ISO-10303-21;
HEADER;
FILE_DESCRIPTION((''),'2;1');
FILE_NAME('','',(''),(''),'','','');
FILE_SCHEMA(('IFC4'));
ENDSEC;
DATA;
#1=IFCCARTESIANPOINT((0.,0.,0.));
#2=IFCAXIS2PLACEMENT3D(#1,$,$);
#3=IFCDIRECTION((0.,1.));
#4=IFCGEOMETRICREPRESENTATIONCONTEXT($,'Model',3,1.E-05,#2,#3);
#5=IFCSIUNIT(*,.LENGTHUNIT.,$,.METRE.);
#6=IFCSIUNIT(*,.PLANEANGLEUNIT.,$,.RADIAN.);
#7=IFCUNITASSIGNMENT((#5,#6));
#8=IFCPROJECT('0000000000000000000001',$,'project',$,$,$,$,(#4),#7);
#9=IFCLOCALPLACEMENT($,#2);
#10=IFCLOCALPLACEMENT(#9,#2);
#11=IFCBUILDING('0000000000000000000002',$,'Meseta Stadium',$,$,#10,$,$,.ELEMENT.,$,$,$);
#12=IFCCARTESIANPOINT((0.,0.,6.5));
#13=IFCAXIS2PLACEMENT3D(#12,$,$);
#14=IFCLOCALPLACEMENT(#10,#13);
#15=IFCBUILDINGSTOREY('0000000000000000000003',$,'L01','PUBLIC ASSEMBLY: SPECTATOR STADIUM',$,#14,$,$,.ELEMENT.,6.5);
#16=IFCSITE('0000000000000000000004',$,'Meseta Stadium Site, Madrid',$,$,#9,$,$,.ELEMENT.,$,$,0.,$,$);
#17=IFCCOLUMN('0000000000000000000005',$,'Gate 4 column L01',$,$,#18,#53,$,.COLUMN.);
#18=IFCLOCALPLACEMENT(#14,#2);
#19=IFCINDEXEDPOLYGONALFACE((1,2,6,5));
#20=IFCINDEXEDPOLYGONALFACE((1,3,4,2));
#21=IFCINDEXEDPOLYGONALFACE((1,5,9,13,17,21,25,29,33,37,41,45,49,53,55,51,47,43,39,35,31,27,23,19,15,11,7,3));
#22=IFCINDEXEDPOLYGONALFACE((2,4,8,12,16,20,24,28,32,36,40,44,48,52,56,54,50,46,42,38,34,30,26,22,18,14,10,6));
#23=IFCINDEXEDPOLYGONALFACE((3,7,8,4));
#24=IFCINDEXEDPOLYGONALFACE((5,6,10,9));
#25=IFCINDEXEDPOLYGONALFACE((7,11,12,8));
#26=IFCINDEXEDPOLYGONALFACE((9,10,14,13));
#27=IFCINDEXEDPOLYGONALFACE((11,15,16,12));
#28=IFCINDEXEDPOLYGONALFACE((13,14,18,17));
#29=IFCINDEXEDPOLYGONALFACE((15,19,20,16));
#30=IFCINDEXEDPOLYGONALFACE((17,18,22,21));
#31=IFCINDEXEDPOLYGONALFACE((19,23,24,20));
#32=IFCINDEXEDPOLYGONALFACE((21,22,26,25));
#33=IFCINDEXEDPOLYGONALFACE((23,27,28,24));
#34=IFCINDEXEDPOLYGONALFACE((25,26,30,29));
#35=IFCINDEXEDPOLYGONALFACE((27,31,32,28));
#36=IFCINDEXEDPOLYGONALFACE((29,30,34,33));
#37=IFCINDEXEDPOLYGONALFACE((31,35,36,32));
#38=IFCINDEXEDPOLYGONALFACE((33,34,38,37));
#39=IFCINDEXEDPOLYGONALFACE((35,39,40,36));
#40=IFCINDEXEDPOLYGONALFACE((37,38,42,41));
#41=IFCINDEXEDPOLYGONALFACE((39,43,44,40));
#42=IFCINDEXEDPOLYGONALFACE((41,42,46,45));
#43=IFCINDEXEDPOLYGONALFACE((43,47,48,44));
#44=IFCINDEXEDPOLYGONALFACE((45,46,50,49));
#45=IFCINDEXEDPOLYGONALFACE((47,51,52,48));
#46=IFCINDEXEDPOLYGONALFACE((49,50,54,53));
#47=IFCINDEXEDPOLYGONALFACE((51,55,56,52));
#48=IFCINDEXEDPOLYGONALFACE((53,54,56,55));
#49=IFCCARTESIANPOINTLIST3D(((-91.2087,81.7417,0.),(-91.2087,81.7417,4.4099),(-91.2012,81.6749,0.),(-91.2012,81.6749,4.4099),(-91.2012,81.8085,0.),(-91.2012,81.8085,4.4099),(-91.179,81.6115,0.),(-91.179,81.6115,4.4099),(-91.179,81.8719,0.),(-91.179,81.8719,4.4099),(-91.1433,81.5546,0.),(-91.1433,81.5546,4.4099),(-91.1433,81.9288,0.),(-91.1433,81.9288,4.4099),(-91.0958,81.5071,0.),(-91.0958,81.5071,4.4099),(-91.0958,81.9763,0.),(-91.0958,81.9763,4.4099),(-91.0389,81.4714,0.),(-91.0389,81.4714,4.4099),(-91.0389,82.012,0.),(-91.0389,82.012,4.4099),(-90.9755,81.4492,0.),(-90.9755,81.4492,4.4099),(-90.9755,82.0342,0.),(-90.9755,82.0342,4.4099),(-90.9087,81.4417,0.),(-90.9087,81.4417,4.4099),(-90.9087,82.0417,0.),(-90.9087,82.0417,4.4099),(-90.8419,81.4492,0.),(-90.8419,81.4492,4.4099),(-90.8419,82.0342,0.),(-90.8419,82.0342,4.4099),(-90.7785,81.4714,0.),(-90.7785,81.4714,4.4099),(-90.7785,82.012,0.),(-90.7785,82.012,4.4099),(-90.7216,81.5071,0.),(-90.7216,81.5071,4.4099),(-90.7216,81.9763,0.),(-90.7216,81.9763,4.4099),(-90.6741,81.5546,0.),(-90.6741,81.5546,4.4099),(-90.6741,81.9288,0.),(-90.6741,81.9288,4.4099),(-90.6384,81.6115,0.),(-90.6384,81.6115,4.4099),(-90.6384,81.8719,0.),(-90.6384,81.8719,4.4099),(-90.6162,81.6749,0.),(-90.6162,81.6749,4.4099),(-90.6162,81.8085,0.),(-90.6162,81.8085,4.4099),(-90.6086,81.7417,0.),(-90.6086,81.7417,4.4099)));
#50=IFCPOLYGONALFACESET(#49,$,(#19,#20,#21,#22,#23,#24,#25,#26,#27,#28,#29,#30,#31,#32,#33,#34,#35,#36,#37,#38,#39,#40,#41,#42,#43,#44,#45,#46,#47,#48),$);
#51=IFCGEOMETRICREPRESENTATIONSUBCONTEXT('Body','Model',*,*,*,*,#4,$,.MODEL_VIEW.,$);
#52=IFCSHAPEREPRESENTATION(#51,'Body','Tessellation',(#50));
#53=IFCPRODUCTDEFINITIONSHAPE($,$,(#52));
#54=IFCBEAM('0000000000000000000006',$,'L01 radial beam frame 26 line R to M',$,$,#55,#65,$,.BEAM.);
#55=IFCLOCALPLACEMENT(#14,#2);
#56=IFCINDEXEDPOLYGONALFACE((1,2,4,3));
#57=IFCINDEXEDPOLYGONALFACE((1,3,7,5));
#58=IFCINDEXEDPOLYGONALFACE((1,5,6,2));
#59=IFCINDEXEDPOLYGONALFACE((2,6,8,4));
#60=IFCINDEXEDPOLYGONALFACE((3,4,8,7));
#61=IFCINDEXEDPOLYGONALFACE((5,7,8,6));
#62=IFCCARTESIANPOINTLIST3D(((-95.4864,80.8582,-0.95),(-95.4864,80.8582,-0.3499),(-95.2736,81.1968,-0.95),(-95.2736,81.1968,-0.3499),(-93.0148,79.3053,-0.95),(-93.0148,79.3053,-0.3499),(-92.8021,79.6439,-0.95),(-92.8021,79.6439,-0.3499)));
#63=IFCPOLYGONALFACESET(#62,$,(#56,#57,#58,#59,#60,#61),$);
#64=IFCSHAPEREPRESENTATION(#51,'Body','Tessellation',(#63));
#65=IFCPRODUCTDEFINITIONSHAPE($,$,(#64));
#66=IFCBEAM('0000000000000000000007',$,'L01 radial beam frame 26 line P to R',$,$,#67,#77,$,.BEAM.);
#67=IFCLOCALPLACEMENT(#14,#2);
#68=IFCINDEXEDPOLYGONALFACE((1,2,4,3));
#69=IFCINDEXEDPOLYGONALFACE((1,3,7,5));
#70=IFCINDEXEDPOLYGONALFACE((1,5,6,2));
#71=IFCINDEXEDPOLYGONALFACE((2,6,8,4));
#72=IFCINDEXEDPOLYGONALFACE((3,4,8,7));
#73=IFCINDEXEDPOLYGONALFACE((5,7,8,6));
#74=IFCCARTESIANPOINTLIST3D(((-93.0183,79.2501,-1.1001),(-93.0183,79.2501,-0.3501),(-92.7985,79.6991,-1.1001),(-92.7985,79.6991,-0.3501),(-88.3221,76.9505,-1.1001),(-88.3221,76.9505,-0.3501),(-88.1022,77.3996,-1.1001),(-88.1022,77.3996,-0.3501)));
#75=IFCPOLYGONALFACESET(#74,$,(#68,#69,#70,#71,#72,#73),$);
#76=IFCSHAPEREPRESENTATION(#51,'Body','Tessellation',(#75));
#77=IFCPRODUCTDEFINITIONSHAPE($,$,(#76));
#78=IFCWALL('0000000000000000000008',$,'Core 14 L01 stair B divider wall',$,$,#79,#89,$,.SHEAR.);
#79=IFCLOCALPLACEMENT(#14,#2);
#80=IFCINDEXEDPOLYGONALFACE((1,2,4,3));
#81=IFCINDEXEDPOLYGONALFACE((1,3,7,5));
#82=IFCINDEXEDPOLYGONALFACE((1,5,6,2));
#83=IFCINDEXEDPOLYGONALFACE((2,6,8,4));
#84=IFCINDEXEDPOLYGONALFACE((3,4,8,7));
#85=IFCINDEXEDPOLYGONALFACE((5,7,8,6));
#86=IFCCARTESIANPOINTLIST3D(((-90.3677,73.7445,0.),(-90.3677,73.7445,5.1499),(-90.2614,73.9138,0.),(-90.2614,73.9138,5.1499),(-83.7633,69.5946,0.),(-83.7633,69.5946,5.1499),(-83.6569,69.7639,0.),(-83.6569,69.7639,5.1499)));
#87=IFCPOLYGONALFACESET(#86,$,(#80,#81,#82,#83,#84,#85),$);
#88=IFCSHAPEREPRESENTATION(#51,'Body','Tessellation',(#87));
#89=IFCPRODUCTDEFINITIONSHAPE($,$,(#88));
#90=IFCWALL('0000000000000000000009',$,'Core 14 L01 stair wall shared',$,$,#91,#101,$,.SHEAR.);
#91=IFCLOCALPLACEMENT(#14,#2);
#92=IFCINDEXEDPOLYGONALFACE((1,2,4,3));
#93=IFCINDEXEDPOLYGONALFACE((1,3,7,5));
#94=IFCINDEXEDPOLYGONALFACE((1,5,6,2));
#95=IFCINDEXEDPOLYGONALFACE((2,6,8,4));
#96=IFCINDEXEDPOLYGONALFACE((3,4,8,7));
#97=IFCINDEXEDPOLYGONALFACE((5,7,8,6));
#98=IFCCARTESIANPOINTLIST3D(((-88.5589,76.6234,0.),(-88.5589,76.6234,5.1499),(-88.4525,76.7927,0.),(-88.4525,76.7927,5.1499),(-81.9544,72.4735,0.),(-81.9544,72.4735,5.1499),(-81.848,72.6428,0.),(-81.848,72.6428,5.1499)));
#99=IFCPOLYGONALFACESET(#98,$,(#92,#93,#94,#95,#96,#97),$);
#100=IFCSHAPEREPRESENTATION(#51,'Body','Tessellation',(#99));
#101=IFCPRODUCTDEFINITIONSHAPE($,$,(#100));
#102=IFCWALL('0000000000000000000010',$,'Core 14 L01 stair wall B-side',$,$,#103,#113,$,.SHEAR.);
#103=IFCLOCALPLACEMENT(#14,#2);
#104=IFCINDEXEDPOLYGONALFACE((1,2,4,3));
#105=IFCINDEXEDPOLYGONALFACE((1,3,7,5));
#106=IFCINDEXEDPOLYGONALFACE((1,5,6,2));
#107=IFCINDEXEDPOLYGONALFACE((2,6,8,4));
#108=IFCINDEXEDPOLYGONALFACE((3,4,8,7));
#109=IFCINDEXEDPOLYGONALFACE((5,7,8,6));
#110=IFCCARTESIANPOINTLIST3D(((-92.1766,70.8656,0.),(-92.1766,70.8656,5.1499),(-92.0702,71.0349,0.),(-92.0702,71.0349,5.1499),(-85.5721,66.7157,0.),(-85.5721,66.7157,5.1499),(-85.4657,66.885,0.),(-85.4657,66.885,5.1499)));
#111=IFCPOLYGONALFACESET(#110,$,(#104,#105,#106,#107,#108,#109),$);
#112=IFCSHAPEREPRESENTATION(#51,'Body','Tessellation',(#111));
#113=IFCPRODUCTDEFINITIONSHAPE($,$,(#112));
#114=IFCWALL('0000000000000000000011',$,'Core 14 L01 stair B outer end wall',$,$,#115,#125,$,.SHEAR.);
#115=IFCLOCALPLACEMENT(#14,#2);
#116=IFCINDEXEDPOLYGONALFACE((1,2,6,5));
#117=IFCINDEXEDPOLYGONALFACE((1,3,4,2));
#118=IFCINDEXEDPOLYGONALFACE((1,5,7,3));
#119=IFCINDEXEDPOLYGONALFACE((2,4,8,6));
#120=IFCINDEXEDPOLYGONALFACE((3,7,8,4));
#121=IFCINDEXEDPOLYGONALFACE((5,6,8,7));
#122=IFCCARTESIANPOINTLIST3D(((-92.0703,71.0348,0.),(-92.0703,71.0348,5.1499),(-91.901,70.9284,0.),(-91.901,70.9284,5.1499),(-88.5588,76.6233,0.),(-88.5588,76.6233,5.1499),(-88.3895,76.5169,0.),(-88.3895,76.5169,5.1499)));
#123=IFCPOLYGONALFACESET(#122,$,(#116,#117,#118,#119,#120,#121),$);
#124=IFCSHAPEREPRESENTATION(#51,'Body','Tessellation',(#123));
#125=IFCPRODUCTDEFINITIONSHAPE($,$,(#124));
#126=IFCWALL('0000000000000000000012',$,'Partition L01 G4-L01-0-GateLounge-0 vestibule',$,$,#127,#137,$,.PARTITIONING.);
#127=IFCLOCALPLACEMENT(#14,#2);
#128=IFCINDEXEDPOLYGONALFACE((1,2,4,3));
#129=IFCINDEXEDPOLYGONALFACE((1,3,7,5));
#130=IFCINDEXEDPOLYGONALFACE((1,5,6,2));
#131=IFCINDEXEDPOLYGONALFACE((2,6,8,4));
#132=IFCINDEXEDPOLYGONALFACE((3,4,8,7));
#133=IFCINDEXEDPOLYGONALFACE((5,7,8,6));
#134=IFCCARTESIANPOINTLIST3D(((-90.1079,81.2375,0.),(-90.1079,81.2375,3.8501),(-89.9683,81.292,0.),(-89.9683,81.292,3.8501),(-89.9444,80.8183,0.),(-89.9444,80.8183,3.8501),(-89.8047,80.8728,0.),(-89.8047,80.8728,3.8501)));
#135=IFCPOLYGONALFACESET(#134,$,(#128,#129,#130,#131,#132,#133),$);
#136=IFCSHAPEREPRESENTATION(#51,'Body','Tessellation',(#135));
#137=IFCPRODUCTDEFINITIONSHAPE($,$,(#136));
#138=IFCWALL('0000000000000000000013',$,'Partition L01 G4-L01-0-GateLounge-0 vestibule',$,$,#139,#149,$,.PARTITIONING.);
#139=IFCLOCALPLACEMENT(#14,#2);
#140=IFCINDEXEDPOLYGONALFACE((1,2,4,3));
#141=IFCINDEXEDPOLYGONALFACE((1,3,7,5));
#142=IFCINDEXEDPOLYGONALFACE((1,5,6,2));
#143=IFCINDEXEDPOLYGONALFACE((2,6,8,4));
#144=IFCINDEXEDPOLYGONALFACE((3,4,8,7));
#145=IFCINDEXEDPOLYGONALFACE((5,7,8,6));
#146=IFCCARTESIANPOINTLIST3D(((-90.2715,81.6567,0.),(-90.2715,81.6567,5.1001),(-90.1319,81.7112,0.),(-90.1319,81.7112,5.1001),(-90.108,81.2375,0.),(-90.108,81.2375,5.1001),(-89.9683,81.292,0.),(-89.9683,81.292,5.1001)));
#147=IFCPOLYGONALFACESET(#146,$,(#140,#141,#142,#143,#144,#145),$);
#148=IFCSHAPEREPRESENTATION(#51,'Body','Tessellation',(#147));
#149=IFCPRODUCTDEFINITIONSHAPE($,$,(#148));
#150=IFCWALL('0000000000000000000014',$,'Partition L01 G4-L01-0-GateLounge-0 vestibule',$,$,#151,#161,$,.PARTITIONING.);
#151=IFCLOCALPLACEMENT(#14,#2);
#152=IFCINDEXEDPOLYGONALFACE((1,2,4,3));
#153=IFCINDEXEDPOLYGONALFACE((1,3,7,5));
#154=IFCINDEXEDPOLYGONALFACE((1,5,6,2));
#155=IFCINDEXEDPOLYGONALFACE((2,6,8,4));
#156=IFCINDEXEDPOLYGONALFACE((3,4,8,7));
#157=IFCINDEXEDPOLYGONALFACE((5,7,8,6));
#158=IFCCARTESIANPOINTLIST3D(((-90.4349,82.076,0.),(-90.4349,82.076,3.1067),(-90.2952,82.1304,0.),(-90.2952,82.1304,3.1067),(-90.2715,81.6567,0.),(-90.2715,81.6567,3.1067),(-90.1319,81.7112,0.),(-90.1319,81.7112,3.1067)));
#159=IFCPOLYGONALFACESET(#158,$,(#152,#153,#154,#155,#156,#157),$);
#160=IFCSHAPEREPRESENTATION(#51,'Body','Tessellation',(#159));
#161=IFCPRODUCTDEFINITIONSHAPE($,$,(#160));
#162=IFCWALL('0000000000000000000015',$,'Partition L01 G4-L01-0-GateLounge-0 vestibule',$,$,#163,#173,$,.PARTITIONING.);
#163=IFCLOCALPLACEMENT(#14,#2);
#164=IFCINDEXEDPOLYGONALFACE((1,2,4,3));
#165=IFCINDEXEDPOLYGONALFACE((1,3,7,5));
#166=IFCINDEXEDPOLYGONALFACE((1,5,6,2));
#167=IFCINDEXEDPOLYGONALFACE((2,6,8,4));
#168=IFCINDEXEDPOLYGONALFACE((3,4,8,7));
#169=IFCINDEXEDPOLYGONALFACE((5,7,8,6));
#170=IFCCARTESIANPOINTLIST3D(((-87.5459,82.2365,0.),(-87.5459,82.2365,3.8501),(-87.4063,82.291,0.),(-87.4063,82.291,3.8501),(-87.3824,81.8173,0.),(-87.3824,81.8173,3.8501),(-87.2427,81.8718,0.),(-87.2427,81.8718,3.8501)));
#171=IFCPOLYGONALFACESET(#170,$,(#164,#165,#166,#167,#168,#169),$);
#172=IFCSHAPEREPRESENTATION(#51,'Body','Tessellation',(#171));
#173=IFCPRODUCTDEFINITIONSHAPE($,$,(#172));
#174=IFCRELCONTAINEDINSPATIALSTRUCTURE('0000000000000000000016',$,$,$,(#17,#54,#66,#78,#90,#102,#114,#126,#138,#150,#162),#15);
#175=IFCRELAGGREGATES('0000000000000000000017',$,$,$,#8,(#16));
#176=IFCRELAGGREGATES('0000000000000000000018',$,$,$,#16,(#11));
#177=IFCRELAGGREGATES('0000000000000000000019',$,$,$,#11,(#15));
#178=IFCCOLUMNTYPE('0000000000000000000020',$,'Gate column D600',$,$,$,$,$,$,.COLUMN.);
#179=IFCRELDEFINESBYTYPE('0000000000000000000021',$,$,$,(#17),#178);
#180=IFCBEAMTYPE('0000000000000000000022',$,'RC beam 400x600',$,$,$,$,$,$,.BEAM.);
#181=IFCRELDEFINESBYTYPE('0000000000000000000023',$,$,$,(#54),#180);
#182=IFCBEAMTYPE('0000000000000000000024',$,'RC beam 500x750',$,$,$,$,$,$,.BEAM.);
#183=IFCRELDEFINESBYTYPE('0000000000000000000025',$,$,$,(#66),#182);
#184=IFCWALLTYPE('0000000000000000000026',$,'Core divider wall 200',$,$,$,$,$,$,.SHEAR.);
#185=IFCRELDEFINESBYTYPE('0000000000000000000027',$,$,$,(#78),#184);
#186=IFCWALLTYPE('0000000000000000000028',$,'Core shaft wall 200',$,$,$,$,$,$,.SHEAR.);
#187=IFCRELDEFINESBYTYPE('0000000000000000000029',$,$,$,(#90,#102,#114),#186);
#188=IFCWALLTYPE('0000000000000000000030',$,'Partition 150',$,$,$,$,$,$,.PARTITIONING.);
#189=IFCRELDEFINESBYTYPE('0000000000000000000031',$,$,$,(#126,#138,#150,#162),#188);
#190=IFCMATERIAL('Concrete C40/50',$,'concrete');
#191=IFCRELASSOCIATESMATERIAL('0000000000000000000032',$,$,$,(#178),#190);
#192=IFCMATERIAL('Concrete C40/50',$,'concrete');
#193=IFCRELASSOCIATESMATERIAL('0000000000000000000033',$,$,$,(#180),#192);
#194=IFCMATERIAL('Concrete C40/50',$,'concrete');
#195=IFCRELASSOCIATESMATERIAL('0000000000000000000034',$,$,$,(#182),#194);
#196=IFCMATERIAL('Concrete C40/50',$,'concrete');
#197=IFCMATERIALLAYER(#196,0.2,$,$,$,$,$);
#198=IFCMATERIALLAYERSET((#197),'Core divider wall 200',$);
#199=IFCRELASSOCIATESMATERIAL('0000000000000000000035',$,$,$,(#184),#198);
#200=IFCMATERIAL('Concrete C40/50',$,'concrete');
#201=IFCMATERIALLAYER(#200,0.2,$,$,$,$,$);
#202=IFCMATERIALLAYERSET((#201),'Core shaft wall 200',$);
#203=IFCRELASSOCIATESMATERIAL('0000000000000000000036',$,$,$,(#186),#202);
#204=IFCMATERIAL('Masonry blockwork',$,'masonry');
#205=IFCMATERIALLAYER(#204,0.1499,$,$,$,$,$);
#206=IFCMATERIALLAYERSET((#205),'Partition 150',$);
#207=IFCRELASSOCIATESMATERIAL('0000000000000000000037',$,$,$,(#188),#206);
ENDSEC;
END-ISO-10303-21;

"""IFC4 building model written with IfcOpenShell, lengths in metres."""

from ifc_helpers import new_model, si_unit, direction, frame, frame_2d, origin, origin_2d, place, context, subcontext, project, spatial, rectangle, circle, extrude, material, layer, layer_set, material_profile, profile_set, type_object, element, save


model = new_model("IFC4")

# Units and contexts
model_context = context("Model", 3, precision=1e-05, world=origin(), true_north=direction((0.0, 1.0)))
body_context = subcontext(model_context, "Body", "Model", "MODEL_VIEW")
ifc_project = project(units=[si_unit("LENGTHUNIT", "METRE"), si_unit("PLANEANGLEUNIT", "RADIAN")], contexts=[model_context])

# Site, building, storey
site_placement = place(None, origin())
site = spatial("IfcSite", under=ifc_project, at=site_placement, Name="Meseta Stadium Site, Madrid", CompositionType="ELEMENT", RefElevation=0.0)
building_placement = place(site_placement, origin())
building = spatial("IfcBuilding", under=site, at=building_placement, Name="Meseta Stadium", CompositionType="ELEMENT")
storey_placement = place(building_placement, frame((0.0, 0.0, 6.5)))
storey = spatial("IfcBuildingStorey", under=building, at=storey_placement, Name="L01", Description="PUBLIC ASSEMBLY: SPECTATOR STADIUM", CompositionType="ELEMENT", Elevation=6.5)

# Column
ifc_material_1 = material(Name="Concrete C40/50", Category="concrete")
ifc_material_profile_1 = material_profile(ifc_material_1, circle(Radius=0.3, at=origin_2d()), Name="RC D600")
ifc_profile_set_1 = profile_set([ifc_material_profile_1], Name="Concrete C40/50")
column_type = type_object("IfcColumnType", Name="Gate column D600", PredefinedType="COLUMN", material=ifc_profile_set_1)
column_placement = place(storey_placement, frame((-90.9087, 81.7417, 0.0), z_axis=(0.0, 0.0, 1.0), x_axis=(1.0, 0.0, 0.0)))
element("IfcColumn", 1, at=column_placement, inside=storey, type_object=column_type, Name="Gate 4 column L01", PredefinedType="COLUMN", context=body_context, shape_type="SweptSolid", body=[
    extrude(circle(Radius=0.3, at=origin_2d()), origin(), (0.0, 0.0, 1.0), 4.4099),
])

# Beams
ifc_material_2 = material(Name="Concrete C40/50", Category="concrete")
ifc_material_profile_2 = material_profile(ifc_material_2, rectangle(XDim=0.3999, YDim=0.6001, at=origin_2d()), Name="RC 400x600")
ifc_profile_set_2 = profile_set([ifc_material_profile_2], Name="Concrete C40/50")
beam_type_1 = type_object("IfcBeamType", Name="RC beam 400x600", PredefinedType="BEAM", material=ifc_profile_set_2)
beam_1_placement = place(storey_placement, frame((-92.9084, 79.4746, -0.6499), z_axis=(-0.846737, 0.532012, 0.0), x_axis=(-0.532012, -0.846737, 0.0)))
element("IfcBeam", 2, at=beam_1_placement, inside=storey, type_object=beam_type_1, Name="L01 radial beam frame 26 line R to M", PredefinedType="BEAM", context=body_context, shape_type="SweptSolid", body=[
    extrude(rectangle(XDim=0.3999, YDim=0.6001, at=origin_2d()), origin(), (0.0, 0.0, 1.0), 2.9189),
])
ifc_material_3 = material(Name="Concrete C40/50", Category="concrete")
ifc_material_profile_3 = material_profile(ifc_material_3, rectangle(XDim=0.5, YDim=0.75, at=origin_2d()), Name="RC 500x750")
ifc_profile_set_3 = profile_set([ifc_material_profile_3], Name="Concrete C40/50")
beam_type_2 = type_object("IfcBeamType", Name="RC beam 500x750", PredefinedType="BEAM", material=ifc_profile_set_3)
beam_2_placement = place(storey_placement, frame((-88.2122, 77.175, -0.7251), z_axis=(-0.898113, 0.439765, 0.0), x_axis=(-0.439765, -0.898113, 0.0)))
element("IfcBeam", 3, at=beam_2_placement, inside=storey, type_object=beam_type_2, Name="L01 radial beam frame 26 line P to R", PredefinedType="BEAM", context=body_context, shape_type="SweptSolid", body=[
    extrude(rectangle(XDim=0.5, YDim=0.75, at=origin_2d()), origin(), (0.0, 0.0, 1.0), 5.229),
])

# Walls
ifc_material_4 = material(Name="Concrete C40/50", Category="concrete")
ifc_layer_1 = layer(ifc_material_4, 0.2)
ifc_layer_set_1 = layer_set([ifc_layer_1], Name="Core divider wall 200")
wall_type_1 = type_object("IfcWallType", Name="Core divider wall 200", PredefinedType="SHEAR", material=ifc_layer_set_1)
wall_1_placement = place(storey_placement, frame((-90.3145, 73.8291, 0.0), z_axis=(0.0, 0.0, 1.0), x_axis=(0.846723, -0.532034, 0.0)))
element("IfcWall", 4, at=wall_1_placement, inside=storey, type_object=wall_type_1, Name="Core 14 L01 stair B divider wall", PredefinedType="SHEAR", context=body_context, shape_type="SweptSolid", body=[
    extrude(rectangle(XDim=7.8, YDim=0.2, at=frame_2d((3.8999, 0.0))), origin(), (0.0, 0.0, 1.0), 5.1499),
])
ifc_material_5 = material(Name="Concrete C40/50", Category="concrete")
ifc_layer_2 = layer(ifc_material_5, 0.2)
ifc_layer_set_2 = layer_set([ifc_layer_2], Name="Core shaft wall 200")
wall_type_2 = type_object("IfcWallType", Name="Core shaft wall 200", PredefinedType="SHEAR", material=ifc_layer_set_2)
for number, where, z_axis, x_axis, name in (
    (5, (-88.5056, 76.708, 0.0), (0.0, 0.0, 1.0), (0.846723, -0.532034, 0.0), "Core 14 L01 stair wall shared"),
    (6, (-92.1233, 70.9502, 0.0), (0.0, 0.0, 1.0), (0.846723, -0.532034, 0.0), "Core 14 L01 stair wall B-side"),
):
    element("IfcWall", number, at=place(storey_placement, frame(where, z_axis=z_axis, x_axis=x_axis)), inside=storey, type_object=wall_type_2, Name=name, PredefinedType="SHEAR", context=body_context, shape_type="SweptSolid", body=[
        extrude(rectangle(XDim=7.8, YDim=0.2, at=frame_2d((3.8999, 0.0))), origin(), (0.0, 0.0, 1.0), 5.1499),
    ])
wall_2_placement = place(storey_placement, frame((-88.4741, 76.5701, 0.0), z_axis=(0.0, 0.0, 1.0), x_axis=(-0.532039, -0.84672, 0.0)))
element("IfcWall", 7, at=wall_2_placement, inside=storey, type_object=wall_type_2, Name="Core 14 L01 stair B outer end wall", PredefinedType="SHEAR", context=body_context, shape_type="SweptSolid", body=[
    extrude(rectangle(XDim=6.6001, YDim=0.2, at=frame_2d((3.3, 0.0))), origin(), (0.0, 0.0, 1.0), 5.1499),
])
ifc_material_6 = material(Name="Masonry blockwork", Category="masonry")
ifc_layer_3 = layer(ifc_material_6, 0.1499)
ifc_layer_set_3 = layer_set([ifc_layer_3], Name="Partition 150")
wall_type_3 = type_object("IfcWallType", Name="Partition 150", PredefinedType="PARTITIONING", material=ifc_layer_set_3)
wall_3_placement = place(storey_placement, frame((-89.8745, 80.8455, 0.0), z_axis=(0.0, 0.0, 1.0), x_axis=(-0.36352, 0.931587, 0.0)))
element("IfcWall", 8, at=wall_3_placement, inside=storey, type_object=wall_type_3, Name="Partition L01 G4-L01-0-GateLounge-0 vestibule", PredefinedType="PARTITIONING", context=body_context, shape_type="SweptSolid", body=[
    extrude(rectangle(XDim=0.45, YDim=0.1499, at=frame_2d((0.2251, 0.0))), origin(), (0.0, 0.0, 1.0), 3.8501),
])
wall_4_placement = place(storey_placement, frame((-90.0381, 81.2646, 0.0), z_axis=(0.0, 0.0, 1.0), x_axis=(-0.36352, 0.931587, 0.0)))
element("IfcWall", 9, at=wall_4_placement, inside=storey, type_object=wall_type_3, Name="Partition L01 G4-L01-0-GateLounge-0 vestibule", PredefinedType="PARTITIONING", context=body_context, shape_type="SweptSolid", body=[
    extrude(rectangle(XDim=0.45, YDim=0.1499, at=frame_2d((0.2251, 0.0))), origin(), (0.0, 0.0, 1.0), 5.1001),
])
wall_5_placement = place(storey_placement, frame((-90.2017, 81.6838, 0.0), z_axis=(0.0, 0.0, 1.0), x_axis=(-0.363049, 0.93177, 0.0)))
element("IfcWall", 10, at=wall_5_placement, inside=storey, type_object=wall_type_3, Name="Partition L01 G4-L01-0-GateLounge-0 vestibule", PredefinedType="PARTITIONING", context=body_context, shape_type="SweptSolid", body=[
    extrude(rectangle(XDim=0.45, YDim=0.1499, at=frame_2d((0.2251, 0.0))), origin(), (0.0, 0.0, 1.0), 3.1067),
])
wall_6_placement = place(storey_placement, frame((-87.3125, 81.8445, 0.0), z_axis=(0.0, 0.0, 1.0), x_axis=(-0.36352, 0.931587, 0.0)))
element("IfcWall", 11, at=wall_6_placement, inside=storey, type_object=wall_type_3, Name="Partition L01 G4-L01-0-GateLounge-0 vestibule", PredefinedType="PARTITIONING", context=body_context, shape_type="SweptSolid", body=[
    extrude(rectangle(XDim=0.45, YDim=0.1499, at=frame_2d((0.2251, 0.0))), origin(), (0.0, 0.0, 1.0), 3.8501),
])

save(model, "model.ifc")
